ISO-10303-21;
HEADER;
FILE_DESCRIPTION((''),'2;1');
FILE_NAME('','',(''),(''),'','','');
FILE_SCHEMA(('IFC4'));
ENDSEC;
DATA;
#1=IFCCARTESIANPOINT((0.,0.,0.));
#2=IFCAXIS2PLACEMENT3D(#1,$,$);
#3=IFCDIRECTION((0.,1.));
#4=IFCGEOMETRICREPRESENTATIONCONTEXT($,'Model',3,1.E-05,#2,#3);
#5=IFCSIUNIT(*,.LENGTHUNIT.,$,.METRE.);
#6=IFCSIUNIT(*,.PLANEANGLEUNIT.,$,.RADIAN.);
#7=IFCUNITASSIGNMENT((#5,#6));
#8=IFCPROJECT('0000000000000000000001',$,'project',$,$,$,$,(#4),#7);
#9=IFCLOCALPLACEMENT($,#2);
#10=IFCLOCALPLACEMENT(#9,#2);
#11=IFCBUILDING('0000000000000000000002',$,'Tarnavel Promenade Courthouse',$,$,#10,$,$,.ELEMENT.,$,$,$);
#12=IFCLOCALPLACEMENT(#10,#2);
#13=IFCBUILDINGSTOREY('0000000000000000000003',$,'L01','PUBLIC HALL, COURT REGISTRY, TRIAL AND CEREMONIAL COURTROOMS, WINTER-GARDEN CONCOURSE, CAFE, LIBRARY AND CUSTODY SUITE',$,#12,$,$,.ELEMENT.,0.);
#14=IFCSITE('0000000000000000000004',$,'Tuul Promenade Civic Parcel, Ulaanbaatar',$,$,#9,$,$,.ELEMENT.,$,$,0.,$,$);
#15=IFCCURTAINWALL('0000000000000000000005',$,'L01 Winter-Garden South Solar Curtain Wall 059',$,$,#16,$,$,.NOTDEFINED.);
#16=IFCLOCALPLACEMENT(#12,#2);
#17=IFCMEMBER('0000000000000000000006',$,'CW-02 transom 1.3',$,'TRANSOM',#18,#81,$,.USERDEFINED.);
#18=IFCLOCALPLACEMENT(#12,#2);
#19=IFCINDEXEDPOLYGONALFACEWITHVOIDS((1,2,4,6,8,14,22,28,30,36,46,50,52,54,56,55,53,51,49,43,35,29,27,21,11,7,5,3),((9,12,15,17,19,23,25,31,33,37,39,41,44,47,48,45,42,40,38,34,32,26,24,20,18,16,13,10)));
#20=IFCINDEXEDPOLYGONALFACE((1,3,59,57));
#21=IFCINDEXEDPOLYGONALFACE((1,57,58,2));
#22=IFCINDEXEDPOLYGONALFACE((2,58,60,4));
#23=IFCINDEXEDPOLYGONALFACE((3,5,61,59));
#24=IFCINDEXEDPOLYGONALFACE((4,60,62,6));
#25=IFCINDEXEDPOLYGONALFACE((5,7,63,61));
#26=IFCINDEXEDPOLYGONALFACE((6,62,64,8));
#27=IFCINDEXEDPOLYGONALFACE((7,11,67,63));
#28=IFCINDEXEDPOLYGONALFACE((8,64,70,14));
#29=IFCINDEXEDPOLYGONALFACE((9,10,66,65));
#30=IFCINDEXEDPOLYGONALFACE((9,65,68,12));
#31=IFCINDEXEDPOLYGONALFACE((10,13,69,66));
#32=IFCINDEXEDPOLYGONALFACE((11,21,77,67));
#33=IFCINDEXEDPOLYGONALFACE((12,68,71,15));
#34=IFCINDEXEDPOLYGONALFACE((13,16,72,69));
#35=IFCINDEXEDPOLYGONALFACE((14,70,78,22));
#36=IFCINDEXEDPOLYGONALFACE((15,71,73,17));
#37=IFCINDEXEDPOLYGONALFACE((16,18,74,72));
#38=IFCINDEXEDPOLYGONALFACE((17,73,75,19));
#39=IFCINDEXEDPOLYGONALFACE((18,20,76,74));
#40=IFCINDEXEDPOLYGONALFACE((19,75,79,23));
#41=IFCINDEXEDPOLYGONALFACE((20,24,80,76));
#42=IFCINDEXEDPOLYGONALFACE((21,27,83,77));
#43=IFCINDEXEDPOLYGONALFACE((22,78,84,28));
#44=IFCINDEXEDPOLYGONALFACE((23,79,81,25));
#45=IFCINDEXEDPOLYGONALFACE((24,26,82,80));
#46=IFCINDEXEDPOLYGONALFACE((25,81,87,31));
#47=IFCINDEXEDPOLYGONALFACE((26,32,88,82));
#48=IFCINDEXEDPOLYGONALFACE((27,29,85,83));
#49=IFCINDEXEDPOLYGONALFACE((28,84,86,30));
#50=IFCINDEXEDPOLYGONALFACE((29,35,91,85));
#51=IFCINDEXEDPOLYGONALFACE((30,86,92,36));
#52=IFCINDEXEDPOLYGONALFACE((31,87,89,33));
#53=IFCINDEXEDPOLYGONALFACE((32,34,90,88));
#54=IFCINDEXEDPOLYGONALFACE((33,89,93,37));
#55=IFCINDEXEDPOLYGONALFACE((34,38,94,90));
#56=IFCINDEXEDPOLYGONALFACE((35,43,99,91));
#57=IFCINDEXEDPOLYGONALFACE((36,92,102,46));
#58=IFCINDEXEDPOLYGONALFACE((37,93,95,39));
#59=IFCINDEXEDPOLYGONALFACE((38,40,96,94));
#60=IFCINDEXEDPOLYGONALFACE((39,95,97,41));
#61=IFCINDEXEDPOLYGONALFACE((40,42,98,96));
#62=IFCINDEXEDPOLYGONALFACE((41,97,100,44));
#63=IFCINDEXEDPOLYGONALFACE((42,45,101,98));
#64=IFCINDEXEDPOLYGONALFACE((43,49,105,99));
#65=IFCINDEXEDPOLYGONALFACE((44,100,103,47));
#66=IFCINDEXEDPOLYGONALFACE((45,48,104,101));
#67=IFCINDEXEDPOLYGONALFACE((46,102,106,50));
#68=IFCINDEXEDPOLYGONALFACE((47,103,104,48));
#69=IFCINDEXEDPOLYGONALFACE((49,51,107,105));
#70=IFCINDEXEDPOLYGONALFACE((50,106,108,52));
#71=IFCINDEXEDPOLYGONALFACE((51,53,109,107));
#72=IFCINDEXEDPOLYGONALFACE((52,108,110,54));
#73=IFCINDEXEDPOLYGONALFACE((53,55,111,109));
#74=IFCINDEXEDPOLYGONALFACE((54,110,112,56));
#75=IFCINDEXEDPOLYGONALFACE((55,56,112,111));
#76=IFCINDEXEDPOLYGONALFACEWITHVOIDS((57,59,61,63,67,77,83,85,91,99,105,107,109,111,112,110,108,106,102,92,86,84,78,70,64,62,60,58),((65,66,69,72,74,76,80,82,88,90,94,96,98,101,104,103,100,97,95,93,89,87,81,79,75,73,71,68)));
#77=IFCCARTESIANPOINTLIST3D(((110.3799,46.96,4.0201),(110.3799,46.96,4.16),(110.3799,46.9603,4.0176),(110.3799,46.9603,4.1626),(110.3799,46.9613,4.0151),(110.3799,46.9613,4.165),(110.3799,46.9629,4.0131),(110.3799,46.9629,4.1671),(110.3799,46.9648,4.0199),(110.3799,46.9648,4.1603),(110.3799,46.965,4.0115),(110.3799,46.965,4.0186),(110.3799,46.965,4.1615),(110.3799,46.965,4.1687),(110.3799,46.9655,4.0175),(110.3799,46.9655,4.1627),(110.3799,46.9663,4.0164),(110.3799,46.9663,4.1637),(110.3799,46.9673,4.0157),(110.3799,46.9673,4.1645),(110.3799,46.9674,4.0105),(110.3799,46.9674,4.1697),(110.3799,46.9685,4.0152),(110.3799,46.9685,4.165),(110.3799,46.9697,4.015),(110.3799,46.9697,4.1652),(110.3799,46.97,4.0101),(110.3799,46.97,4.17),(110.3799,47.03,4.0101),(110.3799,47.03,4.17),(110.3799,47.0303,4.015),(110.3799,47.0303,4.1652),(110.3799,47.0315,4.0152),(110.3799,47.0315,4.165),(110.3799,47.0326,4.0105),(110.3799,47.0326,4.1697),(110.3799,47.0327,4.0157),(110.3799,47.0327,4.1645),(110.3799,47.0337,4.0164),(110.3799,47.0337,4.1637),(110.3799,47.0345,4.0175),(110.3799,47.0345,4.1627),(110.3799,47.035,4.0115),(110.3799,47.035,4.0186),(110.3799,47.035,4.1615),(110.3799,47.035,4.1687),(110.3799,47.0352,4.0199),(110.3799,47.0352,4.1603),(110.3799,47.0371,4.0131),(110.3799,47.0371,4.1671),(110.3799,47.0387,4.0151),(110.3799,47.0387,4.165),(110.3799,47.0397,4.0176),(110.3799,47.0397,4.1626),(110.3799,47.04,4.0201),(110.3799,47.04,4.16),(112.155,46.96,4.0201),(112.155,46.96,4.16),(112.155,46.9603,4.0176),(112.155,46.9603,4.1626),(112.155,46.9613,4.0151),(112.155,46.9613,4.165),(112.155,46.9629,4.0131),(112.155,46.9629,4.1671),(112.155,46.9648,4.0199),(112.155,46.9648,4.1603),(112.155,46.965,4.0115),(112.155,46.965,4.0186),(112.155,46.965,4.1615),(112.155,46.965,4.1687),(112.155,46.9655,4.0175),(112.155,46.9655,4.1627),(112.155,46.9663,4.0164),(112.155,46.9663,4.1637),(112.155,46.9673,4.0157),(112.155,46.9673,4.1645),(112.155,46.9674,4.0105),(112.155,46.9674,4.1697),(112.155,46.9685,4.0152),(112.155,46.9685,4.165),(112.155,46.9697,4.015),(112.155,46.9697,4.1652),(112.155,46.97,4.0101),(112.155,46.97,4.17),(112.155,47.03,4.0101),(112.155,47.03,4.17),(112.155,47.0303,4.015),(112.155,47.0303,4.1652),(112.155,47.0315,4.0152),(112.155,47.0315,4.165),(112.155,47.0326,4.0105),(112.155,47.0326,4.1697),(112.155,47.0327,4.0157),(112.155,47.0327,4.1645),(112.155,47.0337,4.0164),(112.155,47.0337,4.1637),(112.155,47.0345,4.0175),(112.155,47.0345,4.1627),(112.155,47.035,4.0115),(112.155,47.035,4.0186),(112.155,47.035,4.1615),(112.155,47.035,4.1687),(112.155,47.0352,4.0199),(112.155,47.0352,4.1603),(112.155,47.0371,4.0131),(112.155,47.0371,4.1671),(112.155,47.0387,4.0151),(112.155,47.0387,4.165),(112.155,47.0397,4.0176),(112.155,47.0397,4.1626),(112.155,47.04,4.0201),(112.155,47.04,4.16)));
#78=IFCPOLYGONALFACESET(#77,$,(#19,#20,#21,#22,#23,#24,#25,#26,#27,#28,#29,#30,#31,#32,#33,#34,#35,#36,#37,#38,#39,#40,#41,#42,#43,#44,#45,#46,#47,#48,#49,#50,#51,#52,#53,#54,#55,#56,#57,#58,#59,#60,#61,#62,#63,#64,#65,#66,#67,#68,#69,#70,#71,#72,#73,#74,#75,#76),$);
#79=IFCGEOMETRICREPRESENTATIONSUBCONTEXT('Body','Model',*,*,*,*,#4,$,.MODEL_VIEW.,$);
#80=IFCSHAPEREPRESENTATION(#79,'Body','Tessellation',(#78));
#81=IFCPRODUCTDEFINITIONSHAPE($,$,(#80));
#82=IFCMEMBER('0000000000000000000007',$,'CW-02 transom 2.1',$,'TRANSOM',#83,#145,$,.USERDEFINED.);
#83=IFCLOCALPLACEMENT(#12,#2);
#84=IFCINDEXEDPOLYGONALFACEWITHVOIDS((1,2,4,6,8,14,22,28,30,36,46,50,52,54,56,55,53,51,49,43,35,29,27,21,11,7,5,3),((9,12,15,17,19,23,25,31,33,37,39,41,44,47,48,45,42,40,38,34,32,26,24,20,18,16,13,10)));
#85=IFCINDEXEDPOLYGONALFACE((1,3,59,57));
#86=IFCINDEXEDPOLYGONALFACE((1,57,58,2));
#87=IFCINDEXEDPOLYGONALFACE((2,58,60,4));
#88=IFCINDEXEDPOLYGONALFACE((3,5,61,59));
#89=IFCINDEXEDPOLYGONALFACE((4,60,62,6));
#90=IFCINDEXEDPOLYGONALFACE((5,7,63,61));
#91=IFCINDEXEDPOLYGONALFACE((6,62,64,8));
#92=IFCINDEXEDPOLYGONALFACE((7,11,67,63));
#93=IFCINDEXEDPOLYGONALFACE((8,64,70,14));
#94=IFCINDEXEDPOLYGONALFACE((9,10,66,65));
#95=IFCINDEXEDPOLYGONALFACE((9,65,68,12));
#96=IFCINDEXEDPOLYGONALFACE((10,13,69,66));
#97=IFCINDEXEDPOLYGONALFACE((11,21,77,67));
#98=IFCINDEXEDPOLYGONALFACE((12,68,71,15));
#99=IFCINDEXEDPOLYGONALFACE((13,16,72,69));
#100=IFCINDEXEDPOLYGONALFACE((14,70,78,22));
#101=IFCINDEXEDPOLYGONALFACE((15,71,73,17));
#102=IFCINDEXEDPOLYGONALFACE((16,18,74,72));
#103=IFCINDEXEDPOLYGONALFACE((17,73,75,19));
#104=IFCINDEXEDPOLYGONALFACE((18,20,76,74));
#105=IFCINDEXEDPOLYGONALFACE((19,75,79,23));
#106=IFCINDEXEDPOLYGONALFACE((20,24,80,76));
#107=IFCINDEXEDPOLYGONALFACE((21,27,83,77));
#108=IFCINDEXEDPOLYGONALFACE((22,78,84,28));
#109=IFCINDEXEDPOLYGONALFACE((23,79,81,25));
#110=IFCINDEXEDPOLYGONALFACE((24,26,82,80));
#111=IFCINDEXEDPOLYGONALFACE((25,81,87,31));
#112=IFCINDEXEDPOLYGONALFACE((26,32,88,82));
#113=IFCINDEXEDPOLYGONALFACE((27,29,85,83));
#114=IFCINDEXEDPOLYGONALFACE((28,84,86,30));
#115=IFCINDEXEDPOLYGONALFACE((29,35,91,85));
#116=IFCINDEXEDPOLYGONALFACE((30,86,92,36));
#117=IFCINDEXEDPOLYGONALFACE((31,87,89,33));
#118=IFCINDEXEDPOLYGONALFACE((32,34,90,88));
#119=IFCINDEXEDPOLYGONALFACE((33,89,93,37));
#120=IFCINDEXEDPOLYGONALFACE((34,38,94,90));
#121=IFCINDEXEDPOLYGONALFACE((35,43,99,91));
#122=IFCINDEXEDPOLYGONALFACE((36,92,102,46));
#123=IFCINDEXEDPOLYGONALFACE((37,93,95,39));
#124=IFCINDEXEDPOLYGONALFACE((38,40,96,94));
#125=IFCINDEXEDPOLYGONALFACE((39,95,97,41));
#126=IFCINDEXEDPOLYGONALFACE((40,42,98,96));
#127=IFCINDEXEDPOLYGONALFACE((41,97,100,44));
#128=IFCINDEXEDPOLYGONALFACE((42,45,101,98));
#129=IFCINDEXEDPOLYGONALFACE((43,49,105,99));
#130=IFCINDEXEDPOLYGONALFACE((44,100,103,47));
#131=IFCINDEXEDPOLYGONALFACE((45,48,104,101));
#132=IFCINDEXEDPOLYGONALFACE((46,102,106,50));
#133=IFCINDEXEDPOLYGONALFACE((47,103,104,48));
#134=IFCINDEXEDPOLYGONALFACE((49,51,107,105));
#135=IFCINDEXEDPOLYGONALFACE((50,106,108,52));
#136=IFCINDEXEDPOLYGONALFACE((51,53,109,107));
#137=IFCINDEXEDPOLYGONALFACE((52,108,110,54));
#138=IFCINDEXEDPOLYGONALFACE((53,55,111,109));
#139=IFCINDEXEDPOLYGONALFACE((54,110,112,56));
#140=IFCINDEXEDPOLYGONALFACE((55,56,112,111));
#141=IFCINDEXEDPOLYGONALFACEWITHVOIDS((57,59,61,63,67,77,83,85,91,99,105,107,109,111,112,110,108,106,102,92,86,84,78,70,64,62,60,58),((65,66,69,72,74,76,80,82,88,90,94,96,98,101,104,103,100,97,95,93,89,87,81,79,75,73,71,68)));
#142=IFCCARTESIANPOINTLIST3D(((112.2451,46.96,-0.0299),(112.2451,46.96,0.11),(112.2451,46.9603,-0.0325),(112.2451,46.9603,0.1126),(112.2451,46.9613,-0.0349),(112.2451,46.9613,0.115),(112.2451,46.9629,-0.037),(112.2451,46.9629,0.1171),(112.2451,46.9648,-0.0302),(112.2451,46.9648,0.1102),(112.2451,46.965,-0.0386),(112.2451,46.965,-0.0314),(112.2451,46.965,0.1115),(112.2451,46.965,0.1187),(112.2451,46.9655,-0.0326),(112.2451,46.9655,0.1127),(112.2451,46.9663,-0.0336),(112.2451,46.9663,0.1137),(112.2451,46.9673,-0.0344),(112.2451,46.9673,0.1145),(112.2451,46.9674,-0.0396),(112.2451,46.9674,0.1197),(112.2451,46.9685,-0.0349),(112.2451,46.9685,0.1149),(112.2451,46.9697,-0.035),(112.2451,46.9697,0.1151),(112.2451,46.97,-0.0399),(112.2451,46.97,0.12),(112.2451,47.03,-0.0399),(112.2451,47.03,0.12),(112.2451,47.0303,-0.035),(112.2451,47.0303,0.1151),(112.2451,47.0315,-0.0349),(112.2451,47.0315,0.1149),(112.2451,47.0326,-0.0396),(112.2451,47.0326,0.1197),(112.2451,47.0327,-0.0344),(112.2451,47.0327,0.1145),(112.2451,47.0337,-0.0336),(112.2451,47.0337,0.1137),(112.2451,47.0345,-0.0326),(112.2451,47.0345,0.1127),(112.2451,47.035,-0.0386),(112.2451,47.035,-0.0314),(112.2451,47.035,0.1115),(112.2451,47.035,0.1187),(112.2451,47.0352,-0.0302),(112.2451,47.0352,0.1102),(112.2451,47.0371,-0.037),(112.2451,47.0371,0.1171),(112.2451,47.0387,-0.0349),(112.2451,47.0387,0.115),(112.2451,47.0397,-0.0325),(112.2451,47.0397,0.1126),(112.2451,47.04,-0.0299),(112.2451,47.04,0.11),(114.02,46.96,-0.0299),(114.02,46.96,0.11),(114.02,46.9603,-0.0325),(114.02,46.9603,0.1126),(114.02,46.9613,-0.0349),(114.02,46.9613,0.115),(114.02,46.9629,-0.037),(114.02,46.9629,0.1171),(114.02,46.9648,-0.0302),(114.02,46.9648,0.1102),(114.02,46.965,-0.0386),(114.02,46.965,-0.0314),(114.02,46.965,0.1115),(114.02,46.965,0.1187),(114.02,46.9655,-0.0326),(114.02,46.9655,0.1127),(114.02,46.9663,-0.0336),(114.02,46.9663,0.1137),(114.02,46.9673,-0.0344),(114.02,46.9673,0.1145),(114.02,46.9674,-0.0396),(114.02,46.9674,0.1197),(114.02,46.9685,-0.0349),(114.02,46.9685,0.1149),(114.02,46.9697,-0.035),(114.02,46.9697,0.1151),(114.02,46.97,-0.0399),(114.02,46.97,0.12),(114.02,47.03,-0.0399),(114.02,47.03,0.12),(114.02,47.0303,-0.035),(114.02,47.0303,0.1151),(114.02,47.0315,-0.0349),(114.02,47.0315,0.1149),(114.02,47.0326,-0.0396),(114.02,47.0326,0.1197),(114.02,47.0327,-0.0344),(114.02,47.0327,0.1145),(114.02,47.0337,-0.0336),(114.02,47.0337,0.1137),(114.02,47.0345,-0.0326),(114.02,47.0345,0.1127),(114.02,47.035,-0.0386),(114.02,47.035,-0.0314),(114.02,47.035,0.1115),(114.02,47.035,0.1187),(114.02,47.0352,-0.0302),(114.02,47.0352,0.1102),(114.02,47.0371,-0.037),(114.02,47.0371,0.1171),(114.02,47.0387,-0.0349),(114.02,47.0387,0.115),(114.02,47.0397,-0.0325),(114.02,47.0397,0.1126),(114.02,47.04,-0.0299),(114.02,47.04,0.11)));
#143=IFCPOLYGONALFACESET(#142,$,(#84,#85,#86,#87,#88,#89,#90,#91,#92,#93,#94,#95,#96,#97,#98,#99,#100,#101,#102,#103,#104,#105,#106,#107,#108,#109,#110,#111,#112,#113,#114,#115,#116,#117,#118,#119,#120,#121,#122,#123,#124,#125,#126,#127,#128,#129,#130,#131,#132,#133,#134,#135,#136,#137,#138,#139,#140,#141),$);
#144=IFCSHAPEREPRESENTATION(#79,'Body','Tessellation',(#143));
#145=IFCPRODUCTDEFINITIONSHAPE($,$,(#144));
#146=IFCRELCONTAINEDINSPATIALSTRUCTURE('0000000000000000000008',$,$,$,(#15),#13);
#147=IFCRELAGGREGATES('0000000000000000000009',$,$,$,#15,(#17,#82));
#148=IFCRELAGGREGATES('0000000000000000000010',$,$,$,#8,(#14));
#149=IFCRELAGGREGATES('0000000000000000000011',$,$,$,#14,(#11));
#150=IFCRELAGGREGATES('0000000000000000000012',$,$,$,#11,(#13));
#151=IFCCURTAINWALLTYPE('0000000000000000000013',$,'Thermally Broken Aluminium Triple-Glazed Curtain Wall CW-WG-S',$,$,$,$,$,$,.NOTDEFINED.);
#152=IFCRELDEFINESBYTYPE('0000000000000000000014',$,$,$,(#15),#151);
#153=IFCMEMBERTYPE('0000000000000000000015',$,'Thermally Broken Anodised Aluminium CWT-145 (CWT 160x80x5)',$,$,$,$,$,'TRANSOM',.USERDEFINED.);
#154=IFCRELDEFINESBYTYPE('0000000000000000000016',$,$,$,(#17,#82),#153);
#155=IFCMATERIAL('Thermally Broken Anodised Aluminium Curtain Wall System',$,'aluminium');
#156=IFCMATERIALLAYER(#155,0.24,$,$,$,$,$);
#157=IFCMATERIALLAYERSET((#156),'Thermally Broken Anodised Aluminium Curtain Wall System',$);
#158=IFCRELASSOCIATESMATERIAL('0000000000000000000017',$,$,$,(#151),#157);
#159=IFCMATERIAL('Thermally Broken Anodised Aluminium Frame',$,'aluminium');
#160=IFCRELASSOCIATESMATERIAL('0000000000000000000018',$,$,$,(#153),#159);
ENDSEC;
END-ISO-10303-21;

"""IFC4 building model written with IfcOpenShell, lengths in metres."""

from ifc_helpers import new_model, si_unit, direction, frame, origin, origin_2d, place, context, subcontext, project, spatial, hollow_rectangle, extrude, material, layer, layer_set, material_profile, profile_set, type_object, element, aggregate, save


model = new_model("IFC4")

# Units and contexts
model_context = context("Model", 3, precision=1e-05, world=origin(), true_north=direction((0.0, 1.0)))
body_context = subcontext(model_context, "Body", "Model", "MODEL_VIEW")
ifc_project = project(units=[si_unit("LENGTHUNIT", "METRE"), si_unit("PLANEANGLEUNIT", "RADIAN")], contexts=[model_context])

# Site, building, storey
site_placement = place(None, origin())
site = spatial("IfcSite", under=ifc_project, at=site_placement, Name="Tuul Promenade Civic Parcel, Ulaanbaatar", CompositionType="ELEMENT", RefElevation=0.0)
building_placement = place(site_placement, origin())
building = spatial("IfcBuilding", under=site, at=building_placement, Name="Tarnavel Promenade Courthouse", CompositionType="ELEMENT")
storey_placement = place(building_placement, origin())
storey = spatial("IfcBuildingStorey", under=building, at=storey_placement, Name="L01", Description="PUBLIC HALL, COURT REGISTRY, TRIAL AND CEREMONIAL COURTROOMS, WINTER-GARDEN CONCOURSE, CAFE, LIBRARY AND CUSTODY SUITE", CompositionType="ELEMENT", Elevation=0.0)

# Shared definitions
ifc_material_1 = material(Name="Thermally Broken Anodised Aluminium Curtain Wall System", Category="aluminium")
ifc_layer_1 = layer(ifc_material_1, 0.24)
ifc_layer_set_1 = layer_set([ifc_layer_1], Name="Thermally Broken Anodised Aluminium Curtain Wall System")
curtain_wall_type = type_object("IfcCurtainWallType", Name="Thermally Broken Aluminium Triple-Glazed Curtain Wall CW-WG-S", PredefinedType="NOTDEFINED", material=ifc_layer_set_1)
ifc_material_2 = material(Name="Thermally Broken Anodised Aluminium Frame", Category="aluminium")

# Curtain wall
curtain_wall_1_placement = place(storey_placement, origin())
curtain_wall_1 = element("IfcCurtainWall", 1, at=curtain_wall_1_placement, inside=storey, type_object=curtain_wall_type, Name="L01 Winter-Garden South Solar Curtain Wall 059", PredefinedType="NOTDEFINED")

# Members
ifc_material_profile_1 = material_profile(ifc_material_2, hollow_rectangle(XDim=0.0801, YDim=0.1599, WallThickness=0.0049, InnerFilletRadius=0.0049, OuterFilletRadius=0.01, at=origin_2d()), Name="CWT 160x80x5")
ifc_profile_set_1 = profile_set([ifc_material_profile_1], Name="Thermally Broken Anodised Aluminium Frame")
member_type_1 = type_object("IfcMemberType", Name="Thermally Broken Anodised Aluminium CWT-145 (CWT 160x80x5)", ElementType="TRANSOM", PredefinedType="USERDEFINED", material=ifc_profile_set_1)
member_1_placement = place(storey_placement, frame((110.3799, 47.0, 4.0901), z_axis=(1.0, 0.0, 0.0), x_axis=(0.0, 1.0, 0.0)))
member_1 = element("IfcMember", 2, at=member_1_placement, type_object=member_type_1, Name="CW-02 transom 1.3", ObjectType="TRANSOM", PredefinedType="USERDEFINED", context=body_context, shape_type="SweptSolid", body=[
    extrude(hollow_rectangle(XDim=0.0801, YDim=0.1599, WallThickness=0.0049, InnerFilletRadius=0.0049, OuterFilletRadius=0.01, at=origin_2d()), origin(), (0.0, 0.0, 1.0), 1.7751),
])
member_2_placement = place(storey_placement, frame((112.2451, 47.0, 0.04), z_axis=(1.0, 0.0, 0.0), x_axis=(0.0, 1.0, 0.0)))
member_2 = element("IfcMember", 3, at=member_2_placement, type_object=member_type_1, Name="CW-02 transom 2.1", ObjectType="TRANSOM", PredefinedType="USERDEFINED", context=body_context, shape_type="SweptSolid", body=[
    extrude(hollow_rectangle(XDim=0.0801, YDim=0.1599, WallThickness=0.0049, InnerFilletRadius=0.0049, OuterFilletRadius=0.01, at=origin_2d()), origin(), (0.0, 0.0, 1.0), 1.7749),
])

aggregate(curtain_wall_1, [member_1, member_2])

save(model, "model.ifc")
